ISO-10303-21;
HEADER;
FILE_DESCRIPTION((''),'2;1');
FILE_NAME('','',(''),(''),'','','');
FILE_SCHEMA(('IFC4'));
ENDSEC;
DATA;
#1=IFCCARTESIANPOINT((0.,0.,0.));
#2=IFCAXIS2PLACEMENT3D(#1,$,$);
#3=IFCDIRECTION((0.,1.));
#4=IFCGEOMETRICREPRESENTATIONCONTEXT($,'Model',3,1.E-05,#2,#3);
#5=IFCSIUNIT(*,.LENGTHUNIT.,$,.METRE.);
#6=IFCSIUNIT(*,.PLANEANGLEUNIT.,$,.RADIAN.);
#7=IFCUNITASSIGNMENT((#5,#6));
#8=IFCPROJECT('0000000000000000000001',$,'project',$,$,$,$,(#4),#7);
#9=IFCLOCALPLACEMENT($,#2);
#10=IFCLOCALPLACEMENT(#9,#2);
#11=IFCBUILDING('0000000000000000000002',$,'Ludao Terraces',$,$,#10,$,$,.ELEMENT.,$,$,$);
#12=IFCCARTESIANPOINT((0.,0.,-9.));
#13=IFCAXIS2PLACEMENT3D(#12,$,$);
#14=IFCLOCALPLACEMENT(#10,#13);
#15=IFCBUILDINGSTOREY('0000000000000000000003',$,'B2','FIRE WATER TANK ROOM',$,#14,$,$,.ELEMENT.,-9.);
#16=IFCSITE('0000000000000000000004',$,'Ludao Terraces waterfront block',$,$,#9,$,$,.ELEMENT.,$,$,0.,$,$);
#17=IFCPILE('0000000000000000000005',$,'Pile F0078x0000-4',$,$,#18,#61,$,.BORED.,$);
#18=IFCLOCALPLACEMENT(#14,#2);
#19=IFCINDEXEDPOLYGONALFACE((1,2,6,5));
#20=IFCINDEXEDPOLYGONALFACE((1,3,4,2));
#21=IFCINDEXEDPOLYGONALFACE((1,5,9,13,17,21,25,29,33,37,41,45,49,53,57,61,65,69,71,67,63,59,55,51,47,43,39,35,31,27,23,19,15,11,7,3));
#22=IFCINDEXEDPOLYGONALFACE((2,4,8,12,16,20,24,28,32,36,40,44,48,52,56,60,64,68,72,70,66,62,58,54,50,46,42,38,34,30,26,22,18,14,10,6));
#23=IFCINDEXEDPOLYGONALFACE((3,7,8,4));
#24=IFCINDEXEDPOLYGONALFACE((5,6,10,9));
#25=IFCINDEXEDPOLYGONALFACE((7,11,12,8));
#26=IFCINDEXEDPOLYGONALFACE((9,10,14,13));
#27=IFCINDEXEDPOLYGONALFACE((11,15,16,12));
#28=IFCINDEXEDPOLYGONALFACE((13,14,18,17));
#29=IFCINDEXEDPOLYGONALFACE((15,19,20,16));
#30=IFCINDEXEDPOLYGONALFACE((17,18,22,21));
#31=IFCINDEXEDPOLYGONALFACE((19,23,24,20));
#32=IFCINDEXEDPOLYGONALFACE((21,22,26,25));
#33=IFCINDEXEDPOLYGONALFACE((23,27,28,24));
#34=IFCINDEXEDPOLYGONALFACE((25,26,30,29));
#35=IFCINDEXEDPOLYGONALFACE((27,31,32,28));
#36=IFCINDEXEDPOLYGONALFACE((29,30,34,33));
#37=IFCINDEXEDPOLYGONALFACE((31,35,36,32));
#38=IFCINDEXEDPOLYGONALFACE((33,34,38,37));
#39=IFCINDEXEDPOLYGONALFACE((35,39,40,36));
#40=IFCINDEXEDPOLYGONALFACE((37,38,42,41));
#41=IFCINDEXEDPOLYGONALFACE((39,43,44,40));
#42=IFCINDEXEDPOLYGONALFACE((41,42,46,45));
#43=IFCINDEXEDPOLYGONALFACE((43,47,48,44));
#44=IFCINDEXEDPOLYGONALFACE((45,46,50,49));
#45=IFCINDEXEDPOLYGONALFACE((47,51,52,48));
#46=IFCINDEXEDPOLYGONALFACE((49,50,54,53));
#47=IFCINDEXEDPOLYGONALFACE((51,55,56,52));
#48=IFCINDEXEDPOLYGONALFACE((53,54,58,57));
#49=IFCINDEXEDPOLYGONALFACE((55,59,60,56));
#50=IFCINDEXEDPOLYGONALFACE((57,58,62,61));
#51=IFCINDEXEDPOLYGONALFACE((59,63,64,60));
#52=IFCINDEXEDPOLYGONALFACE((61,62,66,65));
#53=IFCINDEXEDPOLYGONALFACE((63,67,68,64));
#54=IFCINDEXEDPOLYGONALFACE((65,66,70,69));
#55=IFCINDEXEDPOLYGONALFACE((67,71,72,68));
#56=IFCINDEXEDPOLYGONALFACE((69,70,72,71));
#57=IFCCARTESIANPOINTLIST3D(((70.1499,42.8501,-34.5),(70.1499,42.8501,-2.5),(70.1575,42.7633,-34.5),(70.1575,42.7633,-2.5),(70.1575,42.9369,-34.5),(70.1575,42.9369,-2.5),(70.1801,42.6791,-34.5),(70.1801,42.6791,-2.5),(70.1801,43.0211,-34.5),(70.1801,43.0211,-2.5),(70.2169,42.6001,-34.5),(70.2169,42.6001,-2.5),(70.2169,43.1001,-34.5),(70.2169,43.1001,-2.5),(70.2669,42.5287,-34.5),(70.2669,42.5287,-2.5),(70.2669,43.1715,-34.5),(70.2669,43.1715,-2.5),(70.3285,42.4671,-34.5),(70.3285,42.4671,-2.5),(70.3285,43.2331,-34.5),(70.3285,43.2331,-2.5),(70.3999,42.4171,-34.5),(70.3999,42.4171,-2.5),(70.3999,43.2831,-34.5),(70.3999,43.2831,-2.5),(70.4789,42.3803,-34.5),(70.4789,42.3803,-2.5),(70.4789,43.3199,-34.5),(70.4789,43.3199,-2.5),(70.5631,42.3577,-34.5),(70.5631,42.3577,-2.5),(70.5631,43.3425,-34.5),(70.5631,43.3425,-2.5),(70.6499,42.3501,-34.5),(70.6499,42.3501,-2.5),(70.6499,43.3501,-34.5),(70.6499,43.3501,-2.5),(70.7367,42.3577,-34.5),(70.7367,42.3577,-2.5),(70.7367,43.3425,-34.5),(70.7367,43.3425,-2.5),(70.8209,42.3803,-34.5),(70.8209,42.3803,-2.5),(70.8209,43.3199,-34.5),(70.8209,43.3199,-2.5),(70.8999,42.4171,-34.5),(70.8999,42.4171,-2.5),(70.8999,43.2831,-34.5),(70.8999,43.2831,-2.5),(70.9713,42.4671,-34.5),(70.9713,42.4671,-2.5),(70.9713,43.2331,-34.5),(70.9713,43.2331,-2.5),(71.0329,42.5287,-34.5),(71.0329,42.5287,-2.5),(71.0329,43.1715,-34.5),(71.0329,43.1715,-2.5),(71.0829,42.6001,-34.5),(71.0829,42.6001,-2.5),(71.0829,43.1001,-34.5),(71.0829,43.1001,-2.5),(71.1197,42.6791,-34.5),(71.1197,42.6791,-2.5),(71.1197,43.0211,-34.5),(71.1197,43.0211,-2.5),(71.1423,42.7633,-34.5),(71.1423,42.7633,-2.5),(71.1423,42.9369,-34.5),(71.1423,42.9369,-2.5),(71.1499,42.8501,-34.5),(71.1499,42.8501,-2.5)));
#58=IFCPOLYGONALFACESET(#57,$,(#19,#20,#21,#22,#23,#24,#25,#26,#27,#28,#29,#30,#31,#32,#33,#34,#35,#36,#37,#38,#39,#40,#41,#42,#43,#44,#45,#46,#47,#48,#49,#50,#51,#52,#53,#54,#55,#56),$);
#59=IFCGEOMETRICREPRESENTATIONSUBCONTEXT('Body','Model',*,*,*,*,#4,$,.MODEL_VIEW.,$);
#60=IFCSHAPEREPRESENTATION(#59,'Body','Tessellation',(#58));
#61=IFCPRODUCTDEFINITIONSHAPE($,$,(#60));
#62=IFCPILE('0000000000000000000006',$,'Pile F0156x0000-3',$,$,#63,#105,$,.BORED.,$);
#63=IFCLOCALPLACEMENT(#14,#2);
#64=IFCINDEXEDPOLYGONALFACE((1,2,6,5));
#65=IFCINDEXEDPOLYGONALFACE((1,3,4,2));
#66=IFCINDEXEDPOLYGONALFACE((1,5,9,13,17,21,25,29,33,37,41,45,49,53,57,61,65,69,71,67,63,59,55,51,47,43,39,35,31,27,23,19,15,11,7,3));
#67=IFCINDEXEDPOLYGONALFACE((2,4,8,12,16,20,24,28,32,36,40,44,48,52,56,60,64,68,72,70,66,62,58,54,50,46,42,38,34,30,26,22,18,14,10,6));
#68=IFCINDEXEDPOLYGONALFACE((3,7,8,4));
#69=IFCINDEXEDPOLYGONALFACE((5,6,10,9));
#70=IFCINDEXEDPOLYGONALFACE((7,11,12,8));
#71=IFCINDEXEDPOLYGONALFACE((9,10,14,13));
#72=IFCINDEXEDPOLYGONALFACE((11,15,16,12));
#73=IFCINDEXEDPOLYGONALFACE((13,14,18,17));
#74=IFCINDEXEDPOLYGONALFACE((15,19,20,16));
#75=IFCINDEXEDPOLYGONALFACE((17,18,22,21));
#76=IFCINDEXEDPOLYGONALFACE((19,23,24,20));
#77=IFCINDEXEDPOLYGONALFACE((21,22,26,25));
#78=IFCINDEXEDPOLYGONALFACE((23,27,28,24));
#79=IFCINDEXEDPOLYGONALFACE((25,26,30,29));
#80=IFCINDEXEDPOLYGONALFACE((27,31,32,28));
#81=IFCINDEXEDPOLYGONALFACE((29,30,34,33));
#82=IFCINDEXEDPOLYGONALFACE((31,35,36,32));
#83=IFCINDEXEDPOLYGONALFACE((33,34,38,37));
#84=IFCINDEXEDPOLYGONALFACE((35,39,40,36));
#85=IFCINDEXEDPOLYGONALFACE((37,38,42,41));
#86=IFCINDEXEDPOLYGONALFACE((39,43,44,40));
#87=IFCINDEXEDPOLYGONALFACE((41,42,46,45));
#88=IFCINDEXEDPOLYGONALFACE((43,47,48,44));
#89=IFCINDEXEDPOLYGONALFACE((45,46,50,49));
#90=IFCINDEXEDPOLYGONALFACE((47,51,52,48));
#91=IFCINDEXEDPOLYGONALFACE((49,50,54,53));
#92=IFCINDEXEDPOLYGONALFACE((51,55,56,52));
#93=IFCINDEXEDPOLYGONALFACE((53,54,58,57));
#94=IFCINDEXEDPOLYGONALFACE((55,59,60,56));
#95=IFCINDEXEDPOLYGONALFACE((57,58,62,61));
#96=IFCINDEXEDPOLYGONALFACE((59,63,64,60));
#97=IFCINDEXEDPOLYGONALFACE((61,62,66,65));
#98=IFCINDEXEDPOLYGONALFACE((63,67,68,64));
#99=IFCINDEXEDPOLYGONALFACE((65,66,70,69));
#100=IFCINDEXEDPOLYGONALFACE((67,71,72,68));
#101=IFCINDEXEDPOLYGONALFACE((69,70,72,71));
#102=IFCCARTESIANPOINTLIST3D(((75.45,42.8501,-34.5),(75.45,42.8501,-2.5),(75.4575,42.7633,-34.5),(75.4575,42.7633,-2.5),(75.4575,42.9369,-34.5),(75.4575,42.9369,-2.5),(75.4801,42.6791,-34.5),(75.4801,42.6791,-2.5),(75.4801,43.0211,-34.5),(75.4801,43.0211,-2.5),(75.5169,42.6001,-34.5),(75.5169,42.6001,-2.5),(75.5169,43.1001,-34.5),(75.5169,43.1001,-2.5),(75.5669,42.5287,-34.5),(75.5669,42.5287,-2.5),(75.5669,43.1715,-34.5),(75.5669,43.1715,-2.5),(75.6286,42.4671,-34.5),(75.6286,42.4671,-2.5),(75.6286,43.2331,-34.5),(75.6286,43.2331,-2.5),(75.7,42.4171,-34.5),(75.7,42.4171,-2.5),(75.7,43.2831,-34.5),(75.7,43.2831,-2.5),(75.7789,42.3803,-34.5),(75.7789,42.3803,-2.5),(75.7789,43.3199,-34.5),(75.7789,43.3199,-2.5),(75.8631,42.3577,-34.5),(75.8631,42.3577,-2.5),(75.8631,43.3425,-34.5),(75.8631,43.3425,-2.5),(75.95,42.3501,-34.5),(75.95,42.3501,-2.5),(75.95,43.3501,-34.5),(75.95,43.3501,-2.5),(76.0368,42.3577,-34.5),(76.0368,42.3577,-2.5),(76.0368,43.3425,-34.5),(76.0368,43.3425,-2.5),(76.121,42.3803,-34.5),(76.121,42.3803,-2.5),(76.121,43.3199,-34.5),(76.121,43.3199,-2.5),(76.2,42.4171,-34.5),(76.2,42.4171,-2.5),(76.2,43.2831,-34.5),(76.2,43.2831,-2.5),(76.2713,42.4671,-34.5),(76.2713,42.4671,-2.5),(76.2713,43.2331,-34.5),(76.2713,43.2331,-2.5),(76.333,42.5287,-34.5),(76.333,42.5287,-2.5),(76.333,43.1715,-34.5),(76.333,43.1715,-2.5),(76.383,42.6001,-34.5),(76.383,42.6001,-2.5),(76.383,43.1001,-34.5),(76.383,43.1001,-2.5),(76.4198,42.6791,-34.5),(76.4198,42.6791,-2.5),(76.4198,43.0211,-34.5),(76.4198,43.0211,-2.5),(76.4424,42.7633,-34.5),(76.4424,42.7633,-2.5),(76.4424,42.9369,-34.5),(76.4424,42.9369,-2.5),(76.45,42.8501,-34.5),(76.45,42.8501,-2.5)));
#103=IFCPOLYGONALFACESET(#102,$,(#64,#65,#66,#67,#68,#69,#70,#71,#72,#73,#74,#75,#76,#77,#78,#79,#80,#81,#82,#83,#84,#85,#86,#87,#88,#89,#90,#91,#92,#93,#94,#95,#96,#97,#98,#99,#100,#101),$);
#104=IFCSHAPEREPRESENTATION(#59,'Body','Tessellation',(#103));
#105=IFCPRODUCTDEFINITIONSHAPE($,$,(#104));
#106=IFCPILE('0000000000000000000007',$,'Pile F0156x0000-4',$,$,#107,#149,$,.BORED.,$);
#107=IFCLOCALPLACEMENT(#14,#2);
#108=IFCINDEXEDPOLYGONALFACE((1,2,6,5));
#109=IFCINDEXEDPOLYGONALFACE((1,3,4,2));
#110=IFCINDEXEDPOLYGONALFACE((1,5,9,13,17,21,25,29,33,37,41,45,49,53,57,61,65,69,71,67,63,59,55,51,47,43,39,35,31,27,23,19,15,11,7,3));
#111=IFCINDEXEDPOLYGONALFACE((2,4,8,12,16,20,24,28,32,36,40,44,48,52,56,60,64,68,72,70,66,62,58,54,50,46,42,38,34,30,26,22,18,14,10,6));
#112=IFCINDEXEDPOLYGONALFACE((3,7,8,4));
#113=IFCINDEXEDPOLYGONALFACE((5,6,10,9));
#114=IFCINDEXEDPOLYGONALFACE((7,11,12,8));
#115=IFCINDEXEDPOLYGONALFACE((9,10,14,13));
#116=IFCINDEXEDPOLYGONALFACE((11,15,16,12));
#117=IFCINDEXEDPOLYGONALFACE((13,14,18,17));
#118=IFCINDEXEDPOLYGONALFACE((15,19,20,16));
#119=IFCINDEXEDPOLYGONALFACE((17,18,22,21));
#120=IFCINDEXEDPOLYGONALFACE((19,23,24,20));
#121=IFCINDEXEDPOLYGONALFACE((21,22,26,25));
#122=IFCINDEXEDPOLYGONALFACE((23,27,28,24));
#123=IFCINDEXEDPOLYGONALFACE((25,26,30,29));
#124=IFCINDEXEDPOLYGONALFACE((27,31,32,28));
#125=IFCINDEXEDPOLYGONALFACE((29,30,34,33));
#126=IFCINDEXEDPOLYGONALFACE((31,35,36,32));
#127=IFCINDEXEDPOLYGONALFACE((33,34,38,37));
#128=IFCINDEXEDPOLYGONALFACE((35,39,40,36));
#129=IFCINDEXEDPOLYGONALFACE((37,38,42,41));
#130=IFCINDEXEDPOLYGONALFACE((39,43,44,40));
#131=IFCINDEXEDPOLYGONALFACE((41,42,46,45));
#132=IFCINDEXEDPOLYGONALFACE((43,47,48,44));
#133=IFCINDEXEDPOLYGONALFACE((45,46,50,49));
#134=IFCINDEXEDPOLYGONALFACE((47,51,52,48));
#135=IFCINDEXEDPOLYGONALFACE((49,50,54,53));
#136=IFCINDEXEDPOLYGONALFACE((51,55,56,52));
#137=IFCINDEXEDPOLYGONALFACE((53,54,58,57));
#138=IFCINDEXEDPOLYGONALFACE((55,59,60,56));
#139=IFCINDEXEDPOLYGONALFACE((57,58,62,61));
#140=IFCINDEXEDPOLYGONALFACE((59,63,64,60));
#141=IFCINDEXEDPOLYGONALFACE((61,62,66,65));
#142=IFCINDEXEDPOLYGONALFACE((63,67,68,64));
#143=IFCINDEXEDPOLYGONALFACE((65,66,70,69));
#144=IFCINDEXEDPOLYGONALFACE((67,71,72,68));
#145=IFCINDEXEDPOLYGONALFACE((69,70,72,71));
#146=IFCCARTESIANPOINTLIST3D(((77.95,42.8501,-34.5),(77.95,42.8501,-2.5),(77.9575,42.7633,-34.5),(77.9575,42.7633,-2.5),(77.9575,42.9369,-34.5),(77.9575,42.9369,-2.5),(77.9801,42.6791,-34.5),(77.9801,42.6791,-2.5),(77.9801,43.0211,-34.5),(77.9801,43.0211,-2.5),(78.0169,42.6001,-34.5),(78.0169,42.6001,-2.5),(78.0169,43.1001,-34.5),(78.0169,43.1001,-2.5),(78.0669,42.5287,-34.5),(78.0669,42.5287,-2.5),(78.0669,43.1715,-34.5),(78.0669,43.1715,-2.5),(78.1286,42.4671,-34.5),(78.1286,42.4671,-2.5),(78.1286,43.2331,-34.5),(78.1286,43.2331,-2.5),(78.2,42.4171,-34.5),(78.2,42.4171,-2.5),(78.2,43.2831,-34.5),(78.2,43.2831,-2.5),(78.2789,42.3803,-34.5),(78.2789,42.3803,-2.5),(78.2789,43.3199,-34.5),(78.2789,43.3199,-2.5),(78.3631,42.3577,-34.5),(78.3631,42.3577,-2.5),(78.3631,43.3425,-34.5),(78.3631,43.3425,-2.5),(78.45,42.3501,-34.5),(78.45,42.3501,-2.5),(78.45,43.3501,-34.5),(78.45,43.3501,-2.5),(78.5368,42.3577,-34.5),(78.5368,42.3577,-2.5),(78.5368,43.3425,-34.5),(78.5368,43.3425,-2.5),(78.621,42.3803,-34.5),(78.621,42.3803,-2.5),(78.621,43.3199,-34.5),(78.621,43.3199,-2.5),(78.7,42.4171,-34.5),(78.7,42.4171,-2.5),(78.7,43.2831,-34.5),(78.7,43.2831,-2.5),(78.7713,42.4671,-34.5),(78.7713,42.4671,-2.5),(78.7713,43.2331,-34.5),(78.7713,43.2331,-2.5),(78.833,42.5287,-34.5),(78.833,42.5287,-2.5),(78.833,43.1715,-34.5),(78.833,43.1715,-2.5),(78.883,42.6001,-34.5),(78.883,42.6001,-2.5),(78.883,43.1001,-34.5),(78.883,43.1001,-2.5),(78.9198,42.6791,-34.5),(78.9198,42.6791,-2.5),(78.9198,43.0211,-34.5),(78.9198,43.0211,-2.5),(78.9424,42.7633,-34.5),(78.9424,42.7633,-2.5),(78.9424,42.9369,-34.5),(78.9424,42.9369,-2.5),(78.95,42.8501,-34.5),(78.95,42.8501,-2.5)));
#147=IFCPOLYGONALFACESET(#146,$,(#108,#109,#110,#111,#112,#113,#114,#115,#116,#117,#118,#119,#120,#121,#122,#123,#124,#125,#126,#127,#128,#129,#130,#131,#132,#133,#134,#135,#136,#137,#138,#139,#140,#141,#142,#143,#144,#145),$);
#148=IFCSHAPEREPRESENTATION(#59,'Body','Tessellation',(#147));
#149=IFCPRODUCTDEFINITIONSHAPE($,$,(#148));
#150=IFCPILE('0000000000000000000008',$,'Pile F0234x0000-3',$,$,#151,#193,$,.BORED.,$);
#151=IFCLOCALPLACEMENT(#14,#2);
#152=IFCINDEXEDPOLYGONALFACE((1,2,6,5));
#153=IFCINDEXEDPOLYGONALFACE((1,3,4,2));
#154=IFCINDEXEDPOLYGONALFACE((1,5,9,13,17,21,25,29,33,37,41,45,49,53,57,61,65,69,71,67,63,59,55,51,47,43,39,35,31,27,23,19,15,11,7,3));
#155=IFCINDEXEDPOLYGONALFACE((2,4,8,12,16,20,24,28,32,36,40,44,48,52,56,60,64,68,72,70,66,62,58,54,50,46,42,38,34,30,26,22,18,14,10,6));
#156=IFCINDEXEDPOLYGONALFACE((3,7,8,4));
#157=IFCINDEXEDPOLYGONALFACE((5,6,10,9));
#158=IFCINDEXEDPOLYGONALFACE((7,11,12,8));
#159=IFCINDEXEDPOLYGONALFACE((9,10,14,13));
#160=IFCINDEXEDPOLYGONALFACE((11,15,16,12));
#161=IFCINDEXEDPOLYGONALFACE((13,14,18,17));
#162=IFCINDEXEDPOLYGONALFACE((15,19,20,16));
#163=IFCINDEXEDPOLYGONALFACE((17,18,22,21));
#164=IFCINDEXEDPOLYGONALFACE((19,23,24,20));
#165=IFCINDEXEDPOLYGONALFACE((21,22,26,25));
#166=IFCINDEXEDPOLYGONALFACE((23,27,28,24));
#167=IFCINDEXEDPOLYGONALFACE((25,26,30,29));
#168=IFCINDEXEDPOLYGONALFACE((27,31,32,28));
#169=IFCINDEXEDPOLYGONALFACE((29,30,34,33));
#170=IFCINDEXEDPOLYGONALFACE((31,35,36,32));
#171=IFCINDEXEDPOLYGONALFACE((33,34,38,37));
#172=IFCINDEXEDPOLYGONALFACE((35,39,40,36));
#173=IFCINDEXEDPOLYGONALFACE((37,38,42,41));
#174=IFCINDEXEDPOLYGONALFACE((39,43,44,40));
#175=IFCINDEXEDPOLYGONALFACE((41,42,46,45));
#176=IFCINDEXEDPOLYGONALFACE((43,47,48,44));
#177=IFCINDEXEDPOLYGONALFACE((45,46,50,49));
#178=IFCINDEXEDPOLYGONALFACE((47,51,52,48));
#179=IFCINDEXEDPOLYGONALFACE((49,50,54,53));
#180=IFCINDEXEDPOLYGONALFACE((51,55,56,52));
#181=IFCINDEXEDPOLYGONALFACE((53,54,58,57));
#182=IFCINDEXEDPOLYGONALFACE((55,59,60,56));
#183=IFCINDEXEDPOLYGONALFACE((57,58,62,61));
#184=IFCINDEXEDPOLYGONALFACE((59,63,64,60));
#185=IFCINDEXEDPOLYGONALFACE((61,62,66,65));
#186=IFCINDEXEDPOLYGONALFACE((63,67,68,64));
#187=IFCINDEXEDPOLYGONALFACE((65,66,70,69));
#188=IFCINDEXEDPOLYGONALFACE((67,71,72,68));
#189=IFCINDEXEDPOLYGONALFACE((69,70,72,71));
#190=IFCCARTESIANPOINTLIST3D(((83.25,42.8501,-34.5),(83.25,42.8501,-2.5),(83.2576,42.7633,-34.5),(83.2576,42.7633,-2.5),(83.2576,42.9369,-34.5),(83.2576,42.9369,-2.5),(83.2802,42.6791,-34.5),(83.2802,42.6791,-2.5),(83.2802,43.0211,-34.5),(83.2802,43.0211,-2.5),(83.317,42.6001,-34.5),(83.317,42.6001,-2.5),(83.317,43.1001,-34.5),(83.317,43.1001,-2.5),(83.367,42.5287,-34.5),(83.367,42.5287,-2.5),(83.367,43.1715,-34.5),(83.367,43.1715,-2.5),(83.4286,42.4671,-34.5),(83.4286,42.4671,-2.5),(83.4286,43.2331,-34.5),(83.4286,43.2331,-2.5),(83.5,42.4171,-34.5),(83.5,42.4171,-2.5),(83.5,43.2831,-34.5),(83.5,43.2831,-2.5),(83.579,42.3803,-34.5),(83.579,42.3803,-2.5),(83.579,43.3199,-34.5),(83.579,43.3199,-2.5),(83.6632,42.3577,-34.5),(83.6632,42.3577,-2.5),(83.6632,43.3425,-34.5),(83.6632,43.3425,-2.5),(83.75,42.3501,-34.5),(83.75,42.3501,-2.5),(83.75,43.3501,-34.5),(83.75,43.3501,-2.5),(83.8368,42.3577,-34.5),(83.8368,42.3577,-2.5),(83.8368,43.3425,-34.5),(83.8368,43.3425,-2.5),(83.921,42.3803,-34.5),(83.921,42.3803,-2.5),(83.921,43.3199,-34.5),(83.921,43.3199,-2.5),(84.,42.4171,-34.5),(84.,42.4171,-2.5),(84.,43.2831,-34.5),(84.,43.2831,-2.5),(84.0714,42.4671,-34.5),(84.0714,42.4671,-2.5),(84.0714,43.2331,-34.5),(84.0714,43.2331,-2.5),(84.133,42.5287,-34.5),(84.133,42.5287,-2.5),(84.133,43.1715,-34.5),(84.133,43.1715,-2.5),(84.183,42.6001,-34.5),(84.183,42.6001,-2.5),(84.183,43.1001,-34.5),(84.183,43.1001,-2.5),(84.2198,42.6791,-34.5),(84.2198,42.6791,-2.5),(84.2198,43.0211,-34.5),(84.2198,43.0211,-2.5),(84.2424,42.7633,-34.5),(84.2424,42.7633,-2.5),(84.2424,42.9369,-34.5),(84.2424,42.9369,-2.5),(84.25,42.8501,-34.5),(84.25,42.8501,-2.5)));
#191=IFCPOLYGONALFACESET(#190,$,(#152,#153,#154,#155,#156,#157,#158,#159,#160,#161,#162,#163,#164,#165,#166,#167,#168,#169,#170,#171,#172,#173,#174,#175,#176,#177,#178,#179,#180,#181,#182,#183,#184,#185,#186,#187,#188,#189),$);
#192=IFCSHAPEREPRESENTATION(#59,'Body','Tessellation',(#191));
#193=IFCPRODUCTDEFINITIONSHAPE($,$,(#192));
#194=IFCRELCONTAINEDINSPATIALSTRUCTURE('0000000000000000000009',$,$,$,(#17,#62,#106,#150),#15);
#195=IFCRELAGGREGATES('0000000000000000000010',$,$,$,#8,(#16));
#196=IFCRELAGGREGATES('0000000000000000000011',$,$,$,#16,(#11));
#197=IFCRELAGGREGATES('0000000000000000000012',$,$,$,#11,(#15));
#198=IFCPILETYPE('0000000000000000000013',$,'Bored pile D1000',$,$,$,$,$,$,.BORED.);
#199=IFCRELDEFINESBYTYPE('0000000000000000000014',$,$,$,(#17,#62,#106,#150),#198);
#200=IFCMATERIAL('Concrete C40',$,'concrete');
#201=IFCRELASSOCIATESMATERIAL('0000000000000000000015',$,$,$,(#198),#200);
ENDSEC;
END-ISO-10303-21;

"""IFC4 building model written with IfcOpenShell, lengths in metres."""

from ifc_helpers import new_model, si_unit, direction, frame, origin, origin_2d, place, context, subcontext, project, spatial, circle, extrude, material, material_profile, profile_set, type_object, element, save


model = new_model("IFC4")

# Units and contexts
model_context = context("Model", 3, precision=1e-05, world=origin(), true_north=direction((0.0, 1.0)))
body_context = subcontext(model_context, "Body", "Model", "MODEL_VIEW")
ifc_project = project(units=[si_unit("LENGTHUNIT", "METRE"), si_unit("PLANEANGLEUNIT", "RADIAN")], contexts=[model_context])

# Site, building, storey
site_placement = place(None, origin())
site = spatial("IfcSite", under=ifc_project, at=site_placement, Name="Ludao Terraces waterfront block", CompositionType="ELEMENT", RefElevation=0.0)
building_placement = place(site_placement, origin())
building = spatial("IfcBuilding", under=site, at=building_placement, Name="Ludao Terraces", CompositionType="ELEMENT")
storey_placement = place(building_placement, frame((0.0, 0.0, -9.0)))
storey = spatial("IfcBuildingStorey", under=building, at=storey_placement, Name="B2", Description="FIRE WATER TANK ROOM", CompositionType="ELEMENT", Elevation=-9.0)

# Piles
ifc_material_1 = material(Name="Concrete C40", Category="concrete")
ifc_material_profile_1 = material_profile(ifc_material_1, circle(Radius=0.5, at=origin_2d()), Name="D1000 BORED PILE")
ifc_profile_set_1 = profile_set([ifc_material_profile_1], Name="Concrete C40")
pile_type = type_object("IfcPileType", Name="Bored pile D1000", PredefinedType="BORED", material=ifc_profile_set_1)
for number, where, z_axis, x_axis, name in (
    (1, (70.6499, 42.8501, -2.5), (0.0, 0.0, -1.0), (1.0, 0.0, 0.0), "Pile F0078x0000-4"),
    (2, (75.95, 42.8501, -2.5), (0.0, 0.0, -1.0), (1.0, 0.0, 0.0), "Pile F0156x0000-3"),
    (3, (78.45, 42.8501, -2.5), (0.0, 0.0, -1.0), (1.0, 0.0, 0.0), "Pile F0156x0000-4"),
    (4, (83.75, 42.8501, -2.5), (0.0, 0.0, -1.0), (1.0, 0.0, 0.0), "Pile F0234x0000-3"),
):
    element("IfcPile", number, at=place(storey_placement, frame(where, z_axis=z_axis, x_axis=x_axis)), inside=storey, type_object=pile_type, Name=name, PredefinedType="BORED", context=body_context, shape_type="SweptSolid", body=[
        extrude(circle(Radius=0.5, at=origin_2d()), origin(), (0.0, 0.0, 1.0), 32.0),
    ])

save(model, "model.ifc")
